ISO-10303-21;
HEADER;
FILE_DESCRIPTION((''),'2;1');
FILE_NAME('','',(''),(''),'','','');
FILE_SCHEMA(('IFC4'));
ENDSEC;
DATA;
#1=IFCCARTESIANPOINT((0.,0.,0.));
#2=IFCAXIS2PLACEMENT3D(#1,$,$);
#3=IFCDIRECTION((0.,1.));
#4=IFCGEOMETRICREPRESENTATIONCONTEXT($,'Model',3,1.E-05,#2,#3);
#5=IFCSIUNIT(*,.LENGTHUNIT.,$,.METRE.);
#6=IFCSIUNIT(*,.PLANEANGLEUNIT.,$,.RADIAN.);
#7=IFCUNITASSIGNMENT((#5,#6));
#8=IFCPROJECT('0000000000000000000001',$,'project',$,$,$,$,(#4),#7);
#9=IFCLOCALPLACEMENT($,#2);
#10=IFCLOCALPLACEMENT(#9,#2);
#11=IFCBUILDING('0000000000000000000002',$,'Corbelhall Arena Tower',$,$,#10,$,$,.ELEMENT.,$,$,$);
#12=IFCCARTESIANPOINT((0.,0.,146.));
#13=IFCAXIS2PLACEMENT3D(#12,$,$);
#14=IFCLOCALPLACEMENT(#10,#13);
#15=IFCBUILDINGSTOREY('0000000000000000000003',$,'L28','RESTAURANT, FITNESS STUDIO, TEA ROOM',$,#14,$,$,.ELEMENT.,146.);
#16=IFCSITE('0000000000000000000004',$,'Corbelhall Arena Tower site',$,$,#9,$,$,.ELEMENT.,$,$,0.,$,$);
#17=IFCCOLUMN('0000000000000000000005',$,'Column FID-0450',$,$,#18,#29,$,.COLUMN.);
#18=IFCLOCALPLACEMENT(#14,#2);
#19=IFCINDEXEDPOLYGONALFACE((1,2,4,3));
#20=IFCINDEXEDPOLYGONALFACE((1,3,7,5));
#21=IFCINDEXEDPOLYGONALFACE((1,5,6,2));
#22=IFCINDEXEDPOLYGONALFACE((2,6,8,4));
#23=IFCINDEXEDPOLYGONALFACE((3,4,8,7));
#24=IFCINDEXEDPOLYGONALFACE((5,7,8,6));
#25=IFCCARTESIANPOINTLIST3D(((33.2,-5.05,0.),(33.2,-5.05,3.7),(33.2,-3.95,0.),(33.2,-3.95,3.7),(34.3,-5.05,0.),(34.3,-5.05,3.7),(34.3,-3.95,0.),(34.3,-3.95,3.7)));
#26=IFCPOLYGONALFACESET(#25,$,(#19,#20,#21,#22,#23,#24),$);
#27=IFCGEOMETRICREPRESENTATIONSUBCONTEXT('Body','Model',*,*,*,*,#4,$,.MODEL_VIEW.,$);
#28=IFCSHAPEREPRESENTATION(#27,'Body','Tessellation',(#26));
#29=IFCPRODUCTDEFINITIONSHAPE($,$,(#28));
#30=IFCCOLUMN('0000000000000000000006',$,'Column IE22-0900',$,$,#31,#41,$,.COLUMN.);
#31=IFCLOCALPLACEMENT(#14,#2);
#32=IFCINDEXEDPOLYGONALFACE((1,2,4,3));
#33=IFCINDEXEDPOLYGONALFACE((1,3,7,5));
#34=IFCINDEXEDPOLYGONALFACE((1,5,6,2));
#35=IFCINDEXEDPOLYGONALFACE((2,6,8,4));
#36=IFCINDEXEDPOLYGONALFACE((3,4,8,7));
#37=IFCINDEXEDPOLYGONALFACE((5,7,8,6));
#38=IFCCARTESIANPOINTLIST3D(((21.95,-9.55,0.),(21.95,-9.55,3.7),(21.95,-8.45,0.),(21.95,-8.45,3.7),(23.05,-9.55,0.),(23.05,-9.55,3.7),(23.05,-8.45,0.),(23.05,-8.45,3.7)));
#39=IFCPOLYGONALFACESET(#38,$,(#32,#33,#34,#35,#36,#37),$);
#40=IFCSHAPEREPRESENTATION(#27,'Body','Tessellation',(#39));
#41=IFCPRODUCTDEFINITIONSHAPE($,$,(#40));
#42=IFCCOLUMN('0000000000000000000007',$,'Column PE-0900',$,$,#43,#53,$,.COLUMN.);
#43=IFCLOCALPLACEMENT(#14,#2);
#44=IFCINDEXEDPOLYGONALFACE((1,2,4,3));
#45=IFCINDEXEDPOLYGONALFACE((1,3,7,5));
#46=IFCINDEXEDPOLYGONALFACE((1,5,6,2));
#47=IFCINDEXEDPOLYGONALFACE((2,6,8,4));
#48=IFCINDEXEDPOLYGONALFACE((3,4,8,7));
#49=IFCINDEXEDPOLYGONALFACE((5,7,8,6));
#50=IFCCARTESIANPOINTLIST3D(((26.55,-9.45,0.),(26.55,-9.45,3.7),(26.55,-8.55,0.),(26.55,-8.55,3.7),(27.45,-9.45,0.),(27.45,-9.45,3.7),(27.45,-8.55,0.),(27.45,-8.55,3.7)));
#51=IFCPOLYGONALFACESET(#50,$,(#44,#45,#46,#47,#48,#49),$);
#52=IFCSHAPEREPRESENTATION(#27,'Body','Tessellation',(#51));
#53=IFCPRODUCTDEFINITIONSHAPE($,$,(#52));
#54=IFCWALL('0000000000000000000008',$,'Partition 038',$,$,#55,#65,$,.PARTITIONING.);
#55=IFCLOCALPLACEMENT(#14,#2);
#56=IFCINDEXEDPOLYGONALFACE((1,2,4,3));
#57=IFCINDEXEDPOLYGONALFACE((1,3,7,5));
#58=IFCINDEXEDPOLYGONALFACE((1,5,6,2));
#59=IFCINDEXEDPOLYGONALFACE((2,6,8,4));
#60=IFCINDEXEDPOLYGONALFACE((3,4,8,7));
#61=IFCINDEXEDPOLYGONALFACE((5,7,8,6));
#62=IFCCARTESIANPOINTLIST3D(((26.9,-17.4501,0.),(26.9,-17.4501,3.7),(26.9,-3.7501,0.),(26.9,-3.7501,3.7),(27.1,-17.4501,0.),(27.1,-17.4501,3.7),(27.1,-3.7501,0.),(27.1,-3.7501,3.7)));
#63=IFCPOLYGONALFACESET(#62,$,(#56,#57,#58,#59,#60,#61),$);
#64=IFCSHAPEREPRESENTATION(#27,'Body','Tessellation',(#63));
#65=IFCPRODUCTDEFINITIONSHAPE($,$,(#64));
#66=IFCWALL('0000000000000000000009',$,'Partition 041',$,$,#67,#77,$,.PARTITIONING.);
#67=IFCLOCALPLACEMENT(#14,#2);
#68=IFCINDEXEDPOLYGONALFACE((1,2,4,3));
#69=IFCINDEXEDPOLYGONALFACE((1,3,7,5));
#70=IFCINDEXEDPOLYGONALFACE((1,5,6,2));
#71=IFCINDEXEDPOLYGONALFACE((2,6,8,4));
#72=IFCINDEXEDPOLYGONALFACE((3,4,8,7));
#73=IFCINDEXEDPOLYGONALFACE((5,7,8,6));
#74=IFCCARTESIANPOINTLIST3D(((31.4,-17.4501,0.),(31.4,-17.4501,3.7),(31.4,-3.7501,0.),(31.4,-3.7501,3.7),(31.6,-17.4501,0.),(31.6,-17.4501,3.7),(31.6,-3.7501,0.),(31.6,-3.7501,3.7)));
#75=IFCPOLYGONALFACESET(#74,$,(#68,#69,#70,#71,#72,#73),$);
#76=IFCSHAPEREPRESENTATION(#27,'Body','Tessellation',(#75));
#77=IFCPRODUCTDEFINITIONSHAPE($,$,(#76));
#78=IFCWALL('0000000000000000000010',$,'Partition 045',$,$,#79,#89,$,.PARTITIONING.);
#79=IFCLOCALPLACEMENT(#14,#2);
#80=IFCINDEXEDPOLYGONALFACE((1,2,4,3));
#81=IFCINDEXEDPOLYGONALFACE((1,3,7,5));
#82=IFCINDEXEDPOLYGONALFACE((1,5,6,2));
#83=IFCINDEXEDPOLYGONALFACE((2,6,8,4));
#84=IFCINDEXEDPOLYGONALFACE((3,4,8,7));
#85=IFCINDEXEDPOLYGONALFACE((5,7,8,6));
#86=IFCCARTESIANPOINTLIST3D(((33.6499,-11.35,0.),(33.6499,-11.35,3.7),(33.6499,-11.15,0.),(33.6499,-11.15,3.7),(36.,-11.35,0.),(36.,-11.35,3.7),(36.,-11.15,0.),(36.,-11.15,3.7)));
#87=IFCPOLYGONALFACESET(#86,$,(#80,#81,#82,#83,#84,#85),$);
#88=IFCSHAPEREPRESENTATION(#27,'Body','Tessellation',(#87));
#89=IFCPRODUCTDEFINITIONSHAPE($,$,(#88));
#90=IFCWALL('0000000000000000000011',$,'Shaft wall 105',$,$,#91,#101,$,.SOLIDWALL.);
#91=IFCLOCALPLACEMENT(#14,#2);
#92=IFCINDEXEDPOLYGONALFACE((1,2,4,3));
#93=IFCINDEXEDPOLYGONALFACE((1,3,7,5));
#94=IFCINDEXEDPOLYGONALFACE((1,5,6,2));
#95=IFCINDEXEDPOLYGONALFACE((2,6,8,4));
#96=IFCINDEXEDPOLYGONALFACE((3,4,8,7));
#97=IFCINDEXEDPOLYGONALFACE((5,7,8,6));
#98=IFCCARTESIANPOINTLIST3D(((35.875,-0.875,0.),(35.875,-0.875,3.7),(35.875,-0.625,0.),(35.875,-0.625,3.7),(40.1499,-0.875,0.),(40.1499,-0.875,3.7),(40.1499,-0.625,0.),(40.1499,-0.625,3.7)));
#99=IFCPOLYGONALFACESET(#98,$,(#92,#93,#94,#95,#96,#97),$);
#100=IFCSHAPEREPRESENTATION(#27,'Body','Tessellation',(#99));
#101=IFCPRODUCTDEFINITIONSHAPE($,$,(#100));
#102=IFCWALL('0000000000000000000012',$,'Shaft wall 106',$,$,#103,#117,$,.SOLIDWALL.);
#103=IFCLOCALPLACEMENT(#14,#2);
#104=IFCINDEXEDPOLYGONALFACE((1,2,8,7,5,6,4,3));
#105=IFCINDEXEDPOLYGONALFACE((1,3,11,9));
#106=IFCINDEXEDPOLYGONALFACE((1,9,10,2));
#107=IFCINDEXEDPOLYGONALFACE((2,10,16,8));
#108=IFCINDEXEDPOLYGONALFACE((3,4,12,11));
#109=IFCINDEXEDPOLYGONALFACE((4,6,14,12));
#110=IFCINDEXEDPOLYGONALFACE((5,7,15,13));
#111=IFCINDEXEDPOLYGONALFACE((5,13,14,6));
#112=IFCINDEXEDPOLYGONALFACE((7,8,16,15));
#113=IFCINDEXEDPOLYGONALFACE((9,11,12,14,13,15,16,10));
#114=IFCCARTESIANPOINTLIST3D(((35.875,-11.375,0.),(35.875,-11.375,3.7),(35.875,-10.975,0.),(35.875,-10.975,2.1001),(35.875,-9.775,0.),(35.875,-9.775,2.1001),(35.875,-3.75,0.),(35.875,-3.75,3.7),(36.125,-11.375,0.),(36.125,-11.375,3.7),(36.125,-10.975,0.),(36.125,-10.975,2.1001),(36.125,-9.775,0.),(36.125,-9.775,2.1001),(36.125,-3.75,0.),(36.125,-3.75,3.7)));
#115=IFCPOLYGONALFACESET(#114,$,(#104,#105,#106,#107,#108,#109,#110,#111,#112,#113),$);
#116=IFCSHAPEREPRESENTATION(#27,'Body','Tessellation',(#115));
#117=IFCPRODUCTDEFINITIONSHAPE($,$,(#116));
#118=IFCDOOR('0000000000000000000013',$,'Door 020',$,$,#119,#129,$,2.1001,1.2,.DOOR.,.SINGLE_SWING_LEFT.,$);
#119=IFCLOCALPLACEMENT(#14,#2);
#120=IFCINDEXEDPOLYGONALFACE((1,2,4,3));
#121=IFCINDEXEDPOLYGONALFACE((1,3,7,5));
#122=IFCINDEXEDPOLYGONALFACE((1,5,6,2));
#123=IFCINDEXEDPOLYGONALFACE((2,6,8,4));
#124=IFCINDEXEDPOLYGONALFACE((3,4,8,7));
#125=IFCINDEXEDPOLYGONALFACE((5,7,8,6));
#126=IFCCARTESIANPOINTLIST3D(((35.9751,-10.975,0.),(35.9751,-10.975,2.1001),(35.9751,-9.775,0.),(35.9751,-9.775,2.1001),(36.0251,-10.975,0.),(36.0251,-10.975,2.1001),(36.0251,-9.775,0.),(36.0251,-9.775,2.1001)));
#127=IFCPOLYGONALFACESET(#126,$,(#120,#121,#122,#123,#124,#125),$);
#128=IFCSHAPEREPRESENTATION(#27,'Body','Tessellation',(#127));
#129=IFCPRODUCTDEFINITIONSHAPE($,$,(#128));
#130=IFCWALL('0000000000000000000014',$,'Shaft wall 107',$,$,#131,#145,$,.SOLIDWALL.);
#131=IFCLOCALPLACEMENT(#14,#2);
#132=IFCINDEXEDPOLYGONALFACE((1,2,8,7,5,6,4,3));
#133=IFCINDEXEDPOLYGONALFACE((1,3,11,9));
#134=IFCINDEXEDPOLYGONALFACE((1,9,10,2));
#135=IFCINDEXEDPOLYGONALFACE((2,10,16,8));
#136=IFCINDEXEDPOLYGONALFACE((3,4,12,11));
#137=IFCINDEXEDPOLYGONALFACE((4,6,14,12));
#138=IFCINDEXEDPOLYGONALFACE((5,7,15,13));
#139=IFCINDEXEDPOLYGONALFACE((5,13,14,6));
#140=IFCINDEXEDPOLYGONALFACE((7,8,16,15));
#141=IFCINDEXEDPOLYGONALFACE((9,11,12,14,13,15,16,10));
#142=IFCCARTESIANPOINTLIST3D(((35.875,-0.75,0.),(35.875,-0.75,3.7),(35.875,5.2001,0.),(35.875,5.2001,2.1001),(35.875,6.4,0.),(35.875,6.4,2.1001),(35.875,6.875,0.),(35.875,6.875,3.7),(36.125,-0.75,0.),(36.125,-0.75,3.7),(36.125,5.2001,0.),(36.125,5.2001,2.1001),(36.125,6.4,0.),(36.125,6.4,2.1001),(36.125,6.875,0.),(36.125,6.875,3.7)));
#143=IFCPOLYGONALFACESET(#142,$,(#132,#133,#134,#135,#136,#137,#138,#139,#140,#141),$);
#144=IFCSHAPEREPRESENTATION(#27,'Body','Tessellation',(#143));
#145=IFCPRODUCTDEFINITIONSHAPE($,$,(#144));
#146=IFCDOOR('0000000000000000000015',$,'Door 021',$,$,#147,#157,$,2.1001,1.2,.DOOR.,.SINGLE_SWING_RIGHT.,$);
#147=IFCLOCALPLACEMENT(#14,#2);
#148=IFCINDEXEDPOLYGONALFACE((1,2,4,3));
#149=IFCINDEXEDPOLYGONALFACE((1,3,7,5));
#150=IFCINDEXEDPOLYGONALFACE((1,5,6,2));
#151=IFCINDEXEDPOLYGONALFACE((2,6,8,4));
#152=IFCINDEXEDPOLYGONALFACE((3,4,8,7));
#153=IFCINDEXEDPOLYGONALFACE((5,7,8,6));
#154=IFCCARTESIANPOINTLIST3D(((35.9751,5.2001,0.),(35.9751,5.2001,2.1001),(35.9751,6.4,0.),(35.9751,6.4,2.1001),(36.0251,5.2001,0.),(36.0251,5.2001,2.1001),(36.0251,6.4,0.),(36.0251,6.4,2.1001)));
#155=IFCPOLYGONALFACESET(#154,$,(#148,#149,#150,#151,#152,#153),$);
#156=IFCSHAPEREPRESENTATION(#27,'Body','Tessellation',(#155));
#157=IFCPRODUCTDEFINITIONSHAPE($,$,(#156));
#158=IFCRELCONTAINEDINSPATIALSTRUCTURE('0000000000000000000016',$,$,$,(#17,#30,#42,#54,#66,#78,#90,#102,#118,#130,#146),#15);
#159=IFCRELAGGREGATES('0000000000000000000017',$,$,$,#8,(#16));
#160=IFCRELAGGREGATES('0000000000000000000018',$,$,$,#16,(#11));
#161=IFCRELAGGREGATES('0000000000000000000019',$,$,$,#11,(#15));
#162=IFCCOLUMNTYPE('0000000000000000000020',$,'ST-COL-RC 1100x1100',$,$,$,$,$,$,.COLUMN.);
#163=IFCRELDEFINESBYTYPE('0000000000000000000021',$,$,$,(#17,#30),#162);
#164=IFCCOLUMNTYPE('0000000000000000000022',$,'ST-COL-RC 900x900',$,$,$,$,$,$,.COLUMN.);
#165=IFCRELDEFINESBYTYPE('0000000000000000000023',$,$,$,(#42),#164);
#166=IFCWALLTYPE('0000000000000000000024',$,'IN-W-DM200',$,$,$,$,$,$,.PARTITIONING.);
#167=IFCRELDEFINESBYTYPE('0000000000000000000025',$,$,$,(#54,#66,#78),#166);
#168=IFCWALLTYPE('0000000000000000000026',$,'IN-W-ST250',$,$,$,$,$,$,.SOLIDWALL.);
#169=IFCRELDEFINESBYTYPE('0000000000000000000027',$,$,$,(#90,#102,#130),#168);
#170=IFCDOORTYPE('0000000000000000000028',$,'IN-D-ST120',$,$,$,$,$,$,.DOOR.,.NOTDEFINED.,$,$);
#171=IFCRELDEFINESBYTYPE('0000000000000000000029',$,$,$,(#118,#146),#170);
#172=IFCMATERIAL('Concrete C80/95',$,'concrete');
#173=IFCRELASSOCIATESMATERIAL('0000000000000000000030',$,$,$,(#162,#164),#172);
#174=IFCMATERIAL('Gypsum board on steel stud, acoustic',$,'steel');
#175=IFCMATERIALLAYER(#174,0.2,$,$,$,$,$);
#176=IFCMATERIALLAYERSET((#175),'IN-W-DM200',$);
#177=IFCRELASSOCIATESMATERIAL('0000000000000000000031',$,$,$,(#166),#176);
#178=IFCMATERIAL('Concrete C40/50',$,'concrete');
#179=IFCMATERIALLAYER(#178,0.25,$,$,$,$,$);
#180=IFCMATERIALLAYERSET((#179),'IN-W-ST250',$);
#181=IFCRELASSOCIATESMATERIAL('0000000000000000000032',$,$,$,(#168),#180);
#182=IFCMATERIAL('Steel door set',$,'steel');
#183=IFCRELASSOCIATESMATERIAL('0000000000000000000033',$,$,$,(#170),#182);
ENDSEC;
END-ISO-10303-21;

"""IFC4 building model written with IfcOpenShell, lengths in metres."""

from ifc_helpers import new_model, si_unit, direction, frame, frame_2d, origin, origin_2d, place, context, subcontext, project, spatial, rectangle, extrude, material, layer, layer_set, material_profile, profile_set, type_object, element, fill, save


model = new_model("IFC4")

# Units and contexts
model_context = context("Model", 3, precision=1e-05, world=origin(), true_north=direction((0.0, 1.0)))
body_context = subcontext(model_context, "Body", "Model", "MODEL_VIEW")
ifc_project = project(units=[si_unit("LENGTHUNIT", "METRE"), si_unit("PLANEANGLEUNIT", "RADIAN")], contexts=[model_context])

# Site, building, storey
site_placement = place(None, origin())
site = spatial("IfcSite", under=ifc_project, at=site_placement, Name="Corbelhall Arena Tower site", CompositionType="ELEMENT", RefElevation=0.0)
building_placement = place(site_placement, origin())
building = spatial("IfcBuilding", under=site, at=building_placement, Name="Corbelhall Arena Tower", CompositionType="ELEMENT")
storey_placement = place(building_placement, frame((0.0, 0.0, 146.0)))
storey = spatial("IfcBuildingStorey", under=building, at=storey_placement, Name="L28", Description="RESTAURANT, FITNESS STUDIO, TEA ROOM", CompositionType="ELEMENT", Elevation=146.0)

# Columns
ifc_material_1 = material(Name="Concrete C80/95", Category="concrete")
ifc_material_profile_1 = material_profile(ifc_material_1, rectangle(XDim=1.1001, YDim=1.1001, at=origin_2d()))
ifc_profile_set_1 = profile_set([ifc_material_profile_1], Name="Concrete C80/95")
column_type_1 = type_object("IfcColumnType", Name="ST-COL-RC 1100x1100", PredefinedType="COLUMN", material=ifc_profile_set_1)
for number, where, z_axis, x_axis, name in (
    (1, (33.75, -4.5, 0.0), (0.0, 0.0, 1.0), (1.0, 0.0, 0.0), "Column FID-0450"),
    (2, (22.5, -9.0, 0.0), (0.0, 0.0, 1.0), (1.0, 0.0, 0.0), "Column IE22-0900"),
):
    element("IfcColumn", number, at=place(storey_placement, frame(where, z_axis=z_axis, x_axis=x_axis)), inside=storey, type_object=column_type_1, Name=name, PredefinedType="COLUMN", context=body_context, shape_type="SweptSolid", body=[
        extrude(rectangle(XDim=1.1001, YDim=1.1001, at=origin_2d()), origin(), (0.0, 0.0, 1.0), 3.7),
    ])
ifc_material_profile_2 = material_profile(ifc_material_1, rectangle(XDim=0.8999, YDim=0.8999, at=origin_2d()))
ifc_profile_set_2 = profile_set([ifc_material_profile_2], Name="Concrete C80/95")
column_type_2 = type_object("IfcColumnType", Name="ST-COL-RC 900x900", PredefinedType="COLUMN", material=ifc_profile_set_2)
column_placement = place(storey_placement, frame((27.0, -9.0, 0.0), z_axis=(0.0, 0.0, 1.0), x_axis=(1.0, 0.0, 0.0)))
element("IfcColumn", 3, at=column_placement, inside=storey, type_object=column_type_2, Name="Column PE-0900", PredefinedType="COLUMN", context=body_context, shape_type="SweptSolid", body=[
    extrude(rectangle(XDim=0.8999, YDim=0.8999, at=origin_2d()), origin(), (0.0, 0.0, 1.0), 3.7),
])

# Shared definitions
ifc_material_2 = material(Name="Gypsum board on steel stud, acoustic", Category="steel")
ifc_layer_1 = layer(ifc_material_2, 0.2)
ifc_layer_set_1 = layer_set([ifc_layer_1], Name="IN-W-DM200")
wall_type_1 = type_object("IfcWallType", Name="IN-W-DM200", PredefinedType="PARTITIONING", material=ifc_layer_set_1)
ifc_material_3 = material(Name="Steel door set", Category="steel")

# Walls
for number, where, z_axis, x_axis, name in (
    (4, (27.0, -3.75, 0.0), (0.0, 0.0, 1.0), (0.0, -1.0, 0.0), "Partition 038"),
    (5, (31.5, -3.75, 0.0), (0.0, 0.0, 1.0), (0.0, -1.0, 0.0), "Partition 041"),
):
    element("IfcWall", number, at=place(storey_placement, frame(where, z_axis=z_axis, x_axis=x_axis)), inside=storey, type_object=wall_type_1, Name=name, PredefinedType="PARTITIONING", context=body_context, shape_type="SweptSolid", body=[
        extrude(rectangle(XDim=13.7, YDim=0.2, at=frame_2d((6.8501, 0.0))), origin(), (0.0, 0.0, 1.0), 3.7),
    ])

# Walls
wall_1_placement = place(storey_placement, frame((36.0, -11.25, 0.0), z_axis=(0.0, 0.0, 1.0), x_axis=(-1.0, 0.0, 0.0)))
element("IfcWall", 6, at=wall_1_placement, inside=storey, type_object=wall_type_1, Name="Partition 045", PredefinedType="PARTITIONING", context=body_context, shape_type="SweptSolid", body=[
    extrude(rectangle(XDim=2.3501, YDim=0.2, at=frame_2d((1.175, 0.0))), origin(), (0.0, 0.0, 1.0), 3.7),
])
ifc_material_4 = material(Name="Concrete C40/50", Category="concrete")
ifc_layer_2 = layer(ifc_material_4, 0.25)
ifc_layer_set_2 = layer_set([ifc_layer_2], Name="IN-W-ST250")
wall_type_2 = type_object("IfcWallType", Name="IN-W-ST250", PredefinedType="SOLIDWALL", material=ifc_layer_set_2)
wall_2_placement = place(storey_placement, frame((35.875, -0.75, 0.0), z_axis=(0.0, 0.0, 1.0), x_axis=(1.0, 0.0, 0.0)))
element("IfcWall", 7, at=wall_2_placement, inside=storey, type_object=wall_type_2, Name="Shaft wall 105", PredefinedType="SOLIDWALL", context=body_context, shape_type="SweptSolid", body=[
    extrude(rectangle(XDim=4.2749, YDim=0.25, at=frame_2d((2.1375, 0.0))), origin(), (0.0, 0.0, 1.0), 3.7),
])

# Walls, openings, doors
wall_3_placement = place(storey_placement, frame((36.0, -11.375, 0.0), z_axis=(0.0, 0.0, 1.0), x_axis=(0.0, 1.0, 0.0)))
wall_3 = element("IfcWall", 8, at=wall_3_placement, inside=storey, type_object=wall_type_2, Name="Shaft wall 106", PredefinedType="SOLIDWALL", context=body_context, shape_type="SweptSolid", body=[
    extrude(rectangle(XDim=7.625, YDim=0.25, at=frame_2d((3.8125, 0.0))), origin(), (0.0, 0.0, 1.0), 3.7),
])
opening_1_placement = place(wall_3_placement, frame((0.3999, 0.0, 0.0)))
opening_1 = element("IfcOpeningElement", 9, at=opening_1_placement, cuts=wall_3, PredefinedType="OPENING", context=body_context, shape_type="SweptSolid", body=[
    extrude(rectangle(XDim=1.2, YDim=2.1001, at=frame_2d((0.6001, 1.05))), frame((0.0, 0.125, 0.0), z_axis=(0.0, -1.0, 0.0), x_axis=(1.0, 0.0, 0.0)), (0.0, 0.0, 1.0), 0.25),
])
door_type_1 = type_object("IfcDoorType", Name="IN-D-ST120", OperationType="NOTDEFINED", PredefinedType="DOOR", material=ifc_material_3)
door_1_placement = place(opening_1_placement, origin())
door_1 = element("IfcDoor", 10, at=door_1_placement, inside=storey, type_object=door_type_1, Name="Door 020", OperationType="SINGLE_SWING_LEFT", OverallHeight=2.1001, OverallWidth=1.2, PredefinedType="DOOR", context=body_context, shape_type="SweptSolid", body=[
    extrude(rectangle(XDim=1.2, YDim=2.1001, at=frame_2d((0.6001, 1.05))), frame((0.0, 0.0249, 0.0), z_axis=(0.0, -1.0, 0.0), x_axis=(1.0, 0.0, 0.0)), (0.0, 0.0, 1.0), 0.05),
])
fill(opening_1, door_1)
wall_4_placement = place(storey_placement, frame((36.0, -0.75, 0.0), z_axis=(0.0, 0.0, 1.0), x_axis=(0.0, 1.0, 0.0)))
wall_4 = element("IfcWall", 11, at=wall_4_placement, inside=storey, type_object=wall_type_2, Name="Shaft wall 107", PredefinedType="SOLIDWALL", context=body_context, shape_type="SweptSolid", body=[
    extrude(rectangle(XDim=7.625, YDim=0.25, at=frame_2d((3.8125, 0.0))), origin(), (0.0, 0.0, 1.0), 3.7),
])
opening_2_placement = place(wall_4_placement, frame((5.95, 0.0, 0.0)))
opening_2 = element("IfcOpeningElement", 12, at=opening_2_placement, cuts=wall_4, PredefinedType="OPENING", context=body_context, shape_type="SweptSolid", body=[
    extrude(rectangle(XDim=1.2, YDim=2.1001, at=frame_2d((0.6001, 1.05))), frame((0.0, 0.125, 0.0), z_axis=(0.0, -1.0, 0.0), x_axis=(1.0, 0.0, 0.0)), (0.0, 0.0, 1.0), 0.25),
])
door_2_placement = place(opening_2_placement, origin())
door_2 = element("IfcDoor", 13, at=door_2_placement, inside=storey, type_object=door_type_1, Name="Door 021", OperationType="SINGLE_SWING_RIGHT", OverallHeight=2.1001, OverallWidth=1.2, PredefinedType="DOOR", context=body_context, shape_type="SweptSolid", body=[
    extrude(rectangle(XDim=1.2, YDim=2.1001, at=frame_2d((0.6001, 1.05))), frame((0.0, 0.0249, 0.0), z_axis=(0.0, -1.0, 0.0), x_axis=(1.0, 0.0, 0.0)), (0.0, 0.0, 1.0), 0.05),
])
fill(opening_2, door_2)

save(model, "model.ifc")
